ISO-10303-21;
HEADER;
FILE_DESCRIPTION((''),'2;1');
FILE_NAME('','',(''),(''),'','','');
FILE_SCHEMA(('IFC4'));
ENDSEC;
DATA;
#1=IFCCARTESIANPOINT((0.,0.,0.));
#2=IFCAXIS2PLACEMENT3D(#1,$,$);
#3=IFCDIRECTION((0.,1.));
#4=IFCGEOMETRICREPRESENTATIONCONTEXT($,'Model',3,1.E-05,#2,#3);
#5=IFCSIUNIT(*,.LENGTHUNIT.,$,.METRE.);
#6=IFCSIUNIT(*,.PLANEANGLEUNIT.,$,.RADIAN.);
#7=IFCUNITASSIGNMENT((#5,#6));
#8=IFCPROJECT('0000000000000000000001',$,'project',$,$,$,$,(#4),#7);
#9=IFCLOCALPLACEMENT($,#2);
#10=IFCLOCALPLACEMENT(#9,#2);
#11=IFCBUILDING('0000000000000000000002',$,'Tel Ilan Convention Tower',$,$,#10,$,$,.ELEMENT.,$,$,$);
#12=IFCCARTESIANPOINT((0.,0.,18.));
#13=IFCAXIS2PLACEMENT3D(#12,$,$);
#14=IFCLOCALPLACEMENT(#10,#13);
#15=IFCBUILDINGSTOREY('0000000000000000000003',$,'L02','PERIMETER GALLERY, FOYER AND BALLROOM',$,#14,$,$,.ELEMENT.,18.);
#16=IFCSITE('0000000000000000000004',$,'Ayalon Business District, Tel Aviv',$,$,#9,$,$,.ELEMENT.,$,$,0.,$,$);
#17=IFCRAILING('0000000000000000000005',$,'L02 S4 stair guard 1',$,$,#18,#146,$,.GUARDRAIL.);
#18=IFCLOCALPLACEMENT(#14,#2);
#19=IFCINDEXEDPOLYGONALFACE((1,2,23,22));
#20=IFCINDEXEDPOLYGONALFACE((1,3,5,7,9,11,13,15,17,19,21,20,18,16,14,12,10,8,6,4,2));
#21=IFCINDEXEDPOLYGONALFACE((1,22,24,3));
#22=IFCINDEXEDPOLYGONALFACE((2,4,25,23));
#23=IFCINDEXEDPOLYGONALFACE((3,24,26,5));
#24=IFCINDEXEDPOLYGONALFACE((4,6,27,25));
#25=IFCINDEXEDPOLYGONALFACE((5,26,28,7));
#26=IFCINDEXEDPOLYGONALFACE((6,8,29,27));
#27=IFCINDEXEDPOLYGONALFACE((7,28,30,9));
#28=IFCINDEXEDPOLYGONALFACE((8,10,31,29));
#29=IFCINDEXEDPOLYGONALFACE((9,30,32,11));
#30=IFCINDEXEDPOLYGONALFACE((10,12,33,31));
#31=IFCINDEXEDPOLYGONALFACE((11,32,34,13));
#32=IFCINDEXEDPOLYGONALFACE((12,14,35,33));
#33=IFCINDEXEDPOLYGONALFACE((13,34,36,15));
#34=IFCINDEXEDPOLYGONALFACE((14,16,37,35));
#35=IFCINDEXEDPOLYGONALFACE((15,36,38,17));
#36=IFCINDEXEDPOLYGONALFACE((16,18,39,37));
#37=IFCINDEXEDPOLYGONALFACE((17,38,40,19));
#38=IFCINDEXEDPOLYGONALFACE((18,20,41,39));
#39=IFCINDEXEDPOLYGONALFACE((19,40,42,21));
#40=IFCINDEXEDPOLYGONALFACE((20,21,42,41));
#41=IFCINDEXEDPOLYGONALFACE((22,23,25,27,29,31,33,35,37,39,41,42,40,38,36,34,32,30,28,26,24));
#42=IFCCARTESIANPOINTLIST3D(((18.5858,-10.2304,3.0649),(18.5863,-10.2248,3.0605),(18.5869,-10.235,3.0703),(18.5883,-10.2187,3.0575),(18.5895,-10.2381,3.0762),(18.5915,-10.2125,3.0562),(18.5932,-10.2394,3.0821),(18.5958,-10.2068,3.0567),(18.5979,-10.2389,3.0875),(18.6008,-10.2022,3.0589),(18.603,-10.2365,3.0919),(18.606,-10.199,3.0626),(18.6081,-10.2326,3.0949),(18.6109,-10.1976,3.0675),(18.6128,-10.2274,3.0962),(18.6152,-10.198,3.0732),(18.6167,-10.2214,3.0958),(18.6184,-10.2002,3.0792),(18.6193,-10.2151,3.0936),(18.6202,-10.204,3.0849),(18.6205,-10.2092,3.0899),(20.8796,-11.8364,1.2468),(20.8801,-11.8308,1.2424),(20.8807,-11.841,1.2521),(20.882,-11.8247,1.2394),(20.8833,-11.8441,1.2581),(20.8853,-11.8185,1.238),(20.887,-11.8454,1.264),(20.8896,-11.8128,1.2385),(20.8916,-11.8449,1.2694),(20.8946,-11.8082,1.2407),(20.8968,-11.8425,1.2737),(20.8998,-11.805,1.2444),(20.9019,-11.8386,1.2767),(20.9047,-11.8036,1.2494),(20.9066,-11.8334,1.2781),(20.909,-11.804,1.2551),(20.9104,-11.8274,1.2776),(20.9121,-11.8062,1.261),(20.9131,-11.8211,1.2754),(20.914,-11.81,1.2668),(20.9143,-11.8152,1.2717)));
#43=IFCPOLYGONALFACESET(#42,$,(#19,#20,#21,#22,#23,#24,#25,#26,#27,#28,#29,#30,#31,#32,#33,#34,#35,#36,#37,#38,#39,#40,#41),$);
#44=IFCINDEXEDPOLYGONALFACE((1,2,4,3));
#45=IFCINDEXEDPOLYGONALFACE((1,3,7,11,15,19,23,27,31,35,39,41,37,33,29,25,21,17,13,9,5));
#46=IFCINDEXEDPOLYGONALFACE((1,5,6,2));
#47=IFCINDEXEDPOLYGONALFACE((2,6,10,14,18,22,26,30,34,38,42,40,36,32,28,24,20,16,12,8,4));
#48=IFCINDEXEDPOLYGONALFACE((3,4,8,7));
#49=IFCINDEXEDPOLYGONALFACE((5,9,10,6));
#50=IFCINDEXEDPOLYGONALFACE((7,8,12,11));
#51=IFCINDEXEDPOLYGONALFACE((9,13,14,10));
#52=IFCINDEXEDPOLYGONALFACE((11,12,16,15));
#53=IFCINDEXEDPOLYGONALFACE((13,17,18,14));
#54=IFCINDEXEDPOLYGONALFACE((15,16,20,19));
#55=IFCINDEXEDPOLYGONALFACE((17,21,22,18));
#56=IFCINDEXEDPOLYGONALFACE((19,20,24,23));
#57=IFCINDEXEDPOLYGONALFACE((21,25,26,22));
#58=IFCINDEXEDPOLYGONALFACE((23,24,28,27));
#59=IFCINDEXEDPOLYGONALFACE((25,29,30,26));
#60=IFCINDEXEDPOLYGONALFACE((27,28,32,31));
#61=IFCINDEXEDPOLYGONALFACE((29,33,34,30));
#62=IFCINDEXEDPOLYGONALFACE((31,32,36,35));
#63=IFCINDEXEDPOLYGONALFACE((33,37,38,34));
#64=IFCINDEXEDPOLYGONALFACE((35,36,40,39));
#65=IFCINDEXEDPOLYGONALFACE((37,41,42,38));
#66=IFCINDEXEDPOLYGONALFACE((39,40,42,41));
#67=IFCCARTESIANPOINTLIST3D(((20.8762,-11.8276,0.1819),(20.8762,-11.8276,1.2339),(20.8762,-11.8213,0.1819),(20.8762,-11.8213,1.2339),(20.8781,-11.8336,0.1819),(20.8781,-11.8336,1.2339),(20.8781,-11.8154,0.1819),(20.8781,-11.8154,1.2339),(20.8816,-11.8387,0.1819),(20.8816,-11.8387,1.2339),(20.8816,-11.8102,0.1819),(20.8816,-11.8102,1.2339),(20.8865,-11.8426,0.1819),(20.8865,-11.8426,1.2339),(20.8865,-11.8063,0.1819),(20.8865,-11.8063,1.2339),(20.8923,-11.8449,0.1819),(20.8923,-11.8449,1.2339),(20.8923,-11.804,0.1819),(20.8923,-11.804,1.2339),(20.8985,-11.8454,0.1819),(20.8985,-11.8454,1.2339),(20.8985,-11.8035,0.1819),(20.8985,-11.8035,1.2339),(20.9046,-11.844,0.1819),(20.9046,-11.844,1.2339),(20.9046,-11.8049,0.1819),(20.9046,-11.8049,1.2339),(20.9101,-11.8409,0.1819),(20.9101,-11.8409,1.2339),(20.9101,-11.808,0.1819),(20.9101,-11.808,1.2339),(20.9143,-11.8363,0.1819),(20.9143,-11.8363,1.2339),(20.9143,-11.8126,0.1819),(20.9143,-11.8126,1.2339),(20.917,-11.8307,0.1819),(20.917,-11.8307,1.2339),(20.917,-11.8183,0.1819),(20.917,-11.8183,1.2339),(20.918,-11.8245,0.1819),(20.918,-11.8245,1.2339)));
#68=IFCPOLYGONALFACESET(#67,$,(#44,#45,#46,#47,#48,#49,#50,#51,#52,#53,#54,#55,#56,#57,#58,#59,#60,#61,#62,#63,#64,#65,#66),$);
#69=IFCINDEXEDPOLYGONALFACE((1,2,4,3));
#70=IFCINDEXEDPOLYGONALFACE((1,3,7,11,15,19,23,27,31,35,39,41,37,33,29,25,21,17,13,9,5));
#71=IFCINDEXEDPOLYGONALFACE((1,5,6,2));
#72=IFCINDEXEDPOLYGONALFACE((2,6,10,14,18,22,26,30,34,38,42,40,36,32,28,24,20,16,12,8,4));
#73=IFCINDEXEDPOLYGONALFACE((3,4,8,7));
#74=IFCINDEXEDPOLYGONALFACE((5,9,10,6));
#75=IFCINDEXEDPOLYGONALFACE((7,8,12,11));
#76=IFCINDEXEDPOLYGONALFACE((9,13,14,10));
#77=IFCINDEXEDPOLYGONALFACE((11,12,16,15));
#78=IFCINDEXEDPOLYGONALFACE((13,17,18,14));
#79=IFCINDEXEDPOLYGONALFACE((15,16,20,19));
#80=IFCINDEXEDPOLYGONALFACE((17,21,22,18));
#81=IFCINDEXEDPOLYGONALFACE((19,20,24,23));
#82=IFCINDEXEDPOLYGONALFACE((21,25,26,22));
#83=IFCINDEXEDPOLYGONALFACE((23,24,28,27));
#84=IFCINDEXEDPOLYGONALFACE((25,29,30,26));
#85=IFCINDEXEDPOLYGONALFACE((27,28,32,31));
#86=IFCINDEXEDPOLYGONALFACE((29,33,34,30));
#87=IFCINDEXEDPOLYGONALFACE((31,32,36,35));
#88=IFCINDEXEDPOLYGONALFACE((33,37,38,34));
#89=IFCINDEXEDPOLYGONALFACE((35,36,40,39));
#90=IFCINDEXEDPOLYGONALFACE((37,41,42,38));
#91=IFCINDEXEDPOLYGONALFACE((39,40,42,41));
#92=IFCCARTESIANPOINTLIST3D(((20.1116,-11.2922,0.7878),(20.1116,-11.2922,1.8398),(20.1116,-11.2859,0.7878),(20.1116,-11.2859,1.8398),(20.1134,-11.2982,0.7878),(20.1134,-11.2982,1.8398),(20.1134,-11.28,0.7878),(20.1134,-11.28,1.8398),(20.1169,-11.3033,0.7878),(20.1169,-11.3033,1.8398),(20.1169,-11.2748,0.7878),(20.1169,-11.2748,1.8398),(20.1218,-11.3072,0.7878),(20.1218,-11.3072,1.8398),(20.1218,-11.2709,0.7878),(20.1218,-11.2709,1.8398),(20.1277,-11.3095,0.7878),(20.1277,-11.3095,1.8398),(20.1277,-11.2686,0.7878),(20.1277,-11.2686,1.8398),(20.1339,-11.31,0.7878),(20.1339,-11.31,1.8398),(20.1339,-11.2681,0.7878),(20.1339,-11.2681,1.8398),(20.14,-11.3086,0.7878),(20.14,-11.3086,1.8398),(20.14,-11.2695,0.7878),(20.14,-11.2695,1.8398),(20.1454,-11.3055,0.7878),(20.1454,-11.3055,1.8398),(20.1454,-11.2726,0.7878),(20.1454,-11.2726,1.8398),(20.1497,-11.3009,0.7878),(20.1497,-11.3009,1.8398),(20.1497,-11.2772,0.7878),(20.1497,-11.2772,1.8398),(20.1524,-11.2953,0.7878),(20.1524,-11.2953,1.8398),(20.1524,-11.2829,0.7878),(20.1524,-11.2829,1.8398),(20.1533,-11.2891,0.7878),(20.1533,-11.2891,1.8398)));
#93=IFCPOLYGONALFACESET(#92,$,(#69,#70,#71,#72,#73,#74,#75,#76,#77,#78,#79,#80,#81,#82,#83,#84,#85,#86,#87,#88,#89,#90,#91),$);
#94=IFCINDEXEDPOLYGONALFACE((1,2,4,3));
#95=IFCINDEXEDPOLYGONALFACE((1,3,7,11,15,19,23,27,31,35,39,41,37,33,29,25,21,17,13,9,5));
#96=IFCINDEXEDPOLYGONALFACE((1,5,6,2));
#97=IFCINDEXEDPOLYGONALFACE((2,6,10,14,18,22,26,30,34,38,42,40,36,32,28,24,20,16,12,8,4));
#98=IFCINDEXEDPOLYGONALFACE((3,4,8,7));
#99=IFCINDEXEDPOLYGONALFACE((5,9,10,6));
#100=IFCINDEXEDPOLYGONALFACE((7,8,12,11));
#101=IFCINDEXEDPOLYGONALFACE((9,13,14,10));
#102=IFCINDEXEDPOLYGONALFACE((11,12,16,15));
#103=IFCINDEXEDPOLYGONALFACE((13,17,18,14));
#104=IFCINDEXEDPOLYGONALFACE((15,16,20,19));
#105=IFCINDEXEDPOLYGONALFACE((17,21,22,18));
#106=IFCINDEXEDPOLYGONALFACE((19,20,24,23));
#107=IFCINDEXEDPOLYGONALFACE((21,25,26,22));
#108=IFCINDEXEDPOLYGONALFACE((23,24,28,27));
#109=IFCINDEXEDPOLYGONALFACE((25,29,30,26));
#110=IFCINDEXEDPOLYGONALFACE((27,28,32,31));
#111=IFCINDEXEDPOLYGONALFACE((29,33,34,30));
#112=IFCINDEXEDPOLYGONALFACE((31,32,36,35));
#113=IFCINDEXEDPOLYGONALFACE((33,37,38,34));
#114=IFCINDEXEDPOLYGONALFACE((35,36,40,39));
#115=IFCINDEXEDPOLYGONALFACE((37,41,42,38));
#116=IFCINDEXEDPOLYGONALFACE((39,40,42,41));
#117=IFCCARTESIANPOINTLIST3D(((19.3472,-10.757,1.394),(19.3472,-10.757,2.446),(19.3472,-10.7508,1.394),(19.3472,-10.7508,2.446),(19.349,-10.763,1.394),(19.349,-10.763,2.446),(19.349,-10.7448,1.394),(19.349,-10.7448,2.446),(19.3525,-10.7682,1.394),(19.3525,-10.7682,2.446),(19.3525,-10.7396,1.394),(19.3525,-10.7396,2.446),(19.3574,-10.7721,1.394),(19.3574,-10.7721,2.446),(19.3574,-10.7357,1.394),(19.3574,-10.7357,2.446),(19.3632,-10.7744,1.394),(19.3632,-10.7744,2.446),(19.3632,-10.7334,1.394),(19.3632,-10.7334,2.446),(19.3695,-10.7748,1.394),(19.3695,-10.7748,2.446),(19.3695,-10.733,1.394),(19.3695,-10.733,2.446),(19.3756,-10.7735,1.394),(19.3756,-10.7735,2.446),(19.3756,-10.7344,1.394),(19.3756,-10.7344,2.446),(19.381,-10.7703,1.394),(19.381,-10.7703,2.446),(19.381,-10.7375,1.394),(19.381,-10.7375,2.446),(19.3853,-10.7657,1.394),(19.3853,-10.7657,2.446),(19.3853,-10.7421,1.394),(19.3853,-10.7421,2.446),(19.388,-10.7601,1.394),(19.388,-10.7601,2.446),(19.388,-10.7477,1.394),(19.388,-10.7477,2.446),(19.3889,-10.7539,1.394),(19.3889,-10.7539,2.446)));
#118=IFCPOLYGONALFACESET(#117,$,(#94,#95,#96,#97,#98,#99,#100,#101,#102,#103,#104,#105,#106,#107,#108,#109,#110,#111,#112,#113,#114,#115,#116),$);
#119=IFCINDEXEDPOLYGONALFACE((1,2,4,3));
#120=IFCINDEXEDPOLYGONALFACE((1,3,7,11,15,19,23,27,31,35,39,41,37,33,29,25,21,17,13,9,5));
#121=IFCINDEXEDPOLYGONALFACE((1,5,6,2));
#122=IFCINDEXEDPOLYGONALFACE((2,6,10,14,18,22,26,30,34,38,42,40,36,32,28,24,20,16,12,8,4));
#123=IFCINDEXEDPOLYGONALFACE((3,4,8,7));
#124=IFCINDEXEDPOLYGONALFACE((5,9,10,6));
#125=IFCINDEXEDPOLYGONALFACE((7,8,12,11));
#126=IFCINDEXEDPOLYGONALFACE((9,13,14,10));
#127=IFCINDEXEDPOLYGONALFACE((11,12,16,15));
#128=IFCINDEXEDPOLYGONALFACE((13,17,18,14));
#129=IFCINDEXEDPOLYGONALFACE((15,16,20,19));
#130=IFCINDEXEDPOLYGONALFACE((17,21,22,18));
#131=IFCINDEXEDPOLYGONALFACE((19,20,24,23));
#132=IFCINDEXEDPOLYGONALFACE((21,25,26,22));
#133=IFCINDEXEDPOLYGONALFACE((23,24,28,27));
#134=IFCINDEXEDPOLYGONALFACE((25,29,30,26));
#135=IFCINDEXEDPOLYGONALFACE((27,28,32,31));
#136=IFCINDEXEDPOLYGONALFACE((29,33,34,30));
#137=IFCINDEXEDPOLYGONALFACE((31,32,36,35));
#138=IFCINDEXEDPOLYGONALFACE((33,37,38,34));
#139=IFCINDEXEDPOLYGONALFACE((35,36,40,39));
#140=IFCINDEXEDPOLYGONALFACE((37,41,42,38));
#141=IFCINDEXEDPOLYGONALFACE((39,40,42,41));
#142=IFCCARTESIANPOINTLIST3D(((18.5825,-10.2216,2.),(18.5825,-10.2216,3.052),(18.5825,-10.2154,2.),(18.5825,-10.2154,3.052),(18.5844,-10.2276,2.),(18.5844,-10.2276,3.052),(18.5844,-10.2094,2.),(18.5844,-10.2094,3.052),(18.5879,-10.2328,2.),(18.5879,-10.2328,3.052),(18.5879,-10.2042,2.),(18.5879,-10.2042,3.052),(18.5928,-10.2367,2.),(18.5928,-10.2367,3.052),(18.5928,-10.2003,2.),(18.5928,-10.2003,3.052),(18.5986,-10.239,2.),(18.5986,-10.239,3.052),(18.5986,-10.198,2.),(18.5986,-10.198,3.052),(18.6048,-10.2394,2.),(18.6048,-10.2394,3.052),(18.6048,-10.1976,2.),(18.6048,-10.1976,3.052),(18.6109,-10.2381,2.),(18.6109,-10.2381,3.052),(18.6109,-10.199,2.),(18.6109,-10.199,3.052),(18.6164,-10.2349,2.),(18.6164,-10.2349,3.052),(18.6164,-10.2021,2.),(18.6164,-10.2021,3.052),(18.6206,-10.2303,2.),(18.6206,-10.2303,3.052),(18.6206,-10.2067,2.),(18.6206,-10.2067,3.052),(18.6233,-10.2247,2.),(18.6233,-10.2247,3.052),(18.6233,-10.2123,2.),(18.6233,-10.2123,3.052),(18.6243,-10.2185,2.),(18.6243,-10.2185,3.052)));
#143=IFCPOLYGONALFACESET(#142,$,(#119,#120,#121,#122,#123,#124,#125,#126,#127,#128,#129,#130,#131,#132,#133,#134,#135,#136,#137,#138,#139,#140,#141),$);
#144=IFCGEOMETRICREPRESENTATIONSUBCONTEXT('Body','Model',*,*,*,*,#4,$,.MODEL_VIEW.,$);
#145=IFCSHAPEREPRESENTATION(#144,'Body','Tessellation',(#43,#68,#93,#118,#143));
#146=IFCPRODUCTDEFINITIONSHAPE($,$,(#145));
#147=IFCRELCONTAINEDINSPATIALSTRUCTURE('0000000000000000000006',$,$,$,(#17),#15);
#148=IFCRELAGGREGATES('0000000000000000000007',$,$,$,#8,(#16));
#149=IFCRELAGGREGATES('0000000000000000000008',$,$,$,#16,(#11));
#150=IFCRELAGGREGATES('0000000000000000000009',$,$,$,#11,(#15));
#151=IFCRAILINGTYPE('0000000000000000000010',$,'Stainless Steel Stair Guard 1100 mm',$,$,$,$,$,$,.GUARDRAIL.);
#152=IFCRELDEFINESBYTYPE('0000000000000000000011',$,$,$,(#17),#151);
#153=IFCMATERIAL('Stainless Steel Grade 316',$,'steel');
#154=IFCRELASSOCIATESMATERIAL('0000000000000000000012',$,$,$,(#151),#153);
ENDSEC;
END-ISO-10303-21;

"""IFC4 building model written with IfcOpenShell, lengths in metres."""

from ifc_helpers import new_model, si_unit, direction, frame, origin, origin_2d, place, context, subcontext, project, spatial, circle, extrude, material, type_object, element, save


model = new_model("IFC4")

# Units and contexts
model_context = context("Model", 3, precision=1e-05, world=origin(), true_north=direction((0.0, 1.0)))
body_context = subcontext(model_context, "Body", "Model", "MODEL_VIEW")
ifc_project = project(units=[si_unit("LENGTHUNIT", "METRE"), si_unit("PLANEANGLEUNIT", "RADIAN")], contexts=[model_context])

# Site, building, storey
site_placement = place(None, origin())
site = spatial("IfcSite", under=ifc_project, at=site_placement, Name="Ayalon Business District, Tel Aviv", CompositionType="ELEMENT", RefElevation=0.0)
building_placement = place(site_placement, origin())
building = spatial("IfcBuilding", under=site, at=building_placement, Name="Tel Ilan Convention Tower", CompositionType="ELEMENT")
storey_placement = place(building_placement, frame((0.0, 0.0, 18.0)))
storey = spatial("IfcBuildingStorey", under=building, at=storey_placement, Name="L02", Description="PERIMETER GALLERY, FOYER AND BALLROOM", CompositionType="ELEMENT", Elevation=18.0)

# Railing
ifc_material_1 = material(Name="Stainless Steel Grade 316", Category="steel")
railing_type = type_object("IfcRailingType", Name="Stainless Steel Stair Guard 1100 mm", PredefinedType="GUARDRAIL", material=ifc_material_1)
railing_1_placement = place(storey_placement, frame((20.897, -11.8245, 0.1819)))
element("IfcRailing", 1, at=railing_1_placement, inside=storey, type_object=railing_type, Name="L02 S4 stair guard 1", PredefinedType="GUARDRAIL", context=body_context, shape_type="SweptSolid", body=[
    extrude(circle(Radius=0.0239, at=origin_2d()), frame((0.0, 0.0, 1.0762), z_axis=(-0.687042, 0.481039, 0.544587), x_axis=(-0.57355, -0.81917, 0.0)), (0.0, 0.0, 1.0), 3.3386),
    extrude(circle(Radius=0.021, at=origin_2d()), origin(), (0.0, 0.0, 1.0), 1.052),
    extrude(circle(Radius=0.021, at=origin_2d()), frame((-0.7646, 0.5354, 0.606)), (0.0, 0.0, 1.0), 1.052),
    extrude(circle(Radius=0.021, at=origin_2d()), frame((-1.5291, 1.0706, 1.2122)), (0.0, 0.0, 1.0), 1.052),
    extrude(circle(Radius=0.021, at=origin_2d()), frame((-2.2937, 1.606, 1.8181)), (0.0, 0.0, 1.0), 1.052),
])

save(model, "model.ifc")
